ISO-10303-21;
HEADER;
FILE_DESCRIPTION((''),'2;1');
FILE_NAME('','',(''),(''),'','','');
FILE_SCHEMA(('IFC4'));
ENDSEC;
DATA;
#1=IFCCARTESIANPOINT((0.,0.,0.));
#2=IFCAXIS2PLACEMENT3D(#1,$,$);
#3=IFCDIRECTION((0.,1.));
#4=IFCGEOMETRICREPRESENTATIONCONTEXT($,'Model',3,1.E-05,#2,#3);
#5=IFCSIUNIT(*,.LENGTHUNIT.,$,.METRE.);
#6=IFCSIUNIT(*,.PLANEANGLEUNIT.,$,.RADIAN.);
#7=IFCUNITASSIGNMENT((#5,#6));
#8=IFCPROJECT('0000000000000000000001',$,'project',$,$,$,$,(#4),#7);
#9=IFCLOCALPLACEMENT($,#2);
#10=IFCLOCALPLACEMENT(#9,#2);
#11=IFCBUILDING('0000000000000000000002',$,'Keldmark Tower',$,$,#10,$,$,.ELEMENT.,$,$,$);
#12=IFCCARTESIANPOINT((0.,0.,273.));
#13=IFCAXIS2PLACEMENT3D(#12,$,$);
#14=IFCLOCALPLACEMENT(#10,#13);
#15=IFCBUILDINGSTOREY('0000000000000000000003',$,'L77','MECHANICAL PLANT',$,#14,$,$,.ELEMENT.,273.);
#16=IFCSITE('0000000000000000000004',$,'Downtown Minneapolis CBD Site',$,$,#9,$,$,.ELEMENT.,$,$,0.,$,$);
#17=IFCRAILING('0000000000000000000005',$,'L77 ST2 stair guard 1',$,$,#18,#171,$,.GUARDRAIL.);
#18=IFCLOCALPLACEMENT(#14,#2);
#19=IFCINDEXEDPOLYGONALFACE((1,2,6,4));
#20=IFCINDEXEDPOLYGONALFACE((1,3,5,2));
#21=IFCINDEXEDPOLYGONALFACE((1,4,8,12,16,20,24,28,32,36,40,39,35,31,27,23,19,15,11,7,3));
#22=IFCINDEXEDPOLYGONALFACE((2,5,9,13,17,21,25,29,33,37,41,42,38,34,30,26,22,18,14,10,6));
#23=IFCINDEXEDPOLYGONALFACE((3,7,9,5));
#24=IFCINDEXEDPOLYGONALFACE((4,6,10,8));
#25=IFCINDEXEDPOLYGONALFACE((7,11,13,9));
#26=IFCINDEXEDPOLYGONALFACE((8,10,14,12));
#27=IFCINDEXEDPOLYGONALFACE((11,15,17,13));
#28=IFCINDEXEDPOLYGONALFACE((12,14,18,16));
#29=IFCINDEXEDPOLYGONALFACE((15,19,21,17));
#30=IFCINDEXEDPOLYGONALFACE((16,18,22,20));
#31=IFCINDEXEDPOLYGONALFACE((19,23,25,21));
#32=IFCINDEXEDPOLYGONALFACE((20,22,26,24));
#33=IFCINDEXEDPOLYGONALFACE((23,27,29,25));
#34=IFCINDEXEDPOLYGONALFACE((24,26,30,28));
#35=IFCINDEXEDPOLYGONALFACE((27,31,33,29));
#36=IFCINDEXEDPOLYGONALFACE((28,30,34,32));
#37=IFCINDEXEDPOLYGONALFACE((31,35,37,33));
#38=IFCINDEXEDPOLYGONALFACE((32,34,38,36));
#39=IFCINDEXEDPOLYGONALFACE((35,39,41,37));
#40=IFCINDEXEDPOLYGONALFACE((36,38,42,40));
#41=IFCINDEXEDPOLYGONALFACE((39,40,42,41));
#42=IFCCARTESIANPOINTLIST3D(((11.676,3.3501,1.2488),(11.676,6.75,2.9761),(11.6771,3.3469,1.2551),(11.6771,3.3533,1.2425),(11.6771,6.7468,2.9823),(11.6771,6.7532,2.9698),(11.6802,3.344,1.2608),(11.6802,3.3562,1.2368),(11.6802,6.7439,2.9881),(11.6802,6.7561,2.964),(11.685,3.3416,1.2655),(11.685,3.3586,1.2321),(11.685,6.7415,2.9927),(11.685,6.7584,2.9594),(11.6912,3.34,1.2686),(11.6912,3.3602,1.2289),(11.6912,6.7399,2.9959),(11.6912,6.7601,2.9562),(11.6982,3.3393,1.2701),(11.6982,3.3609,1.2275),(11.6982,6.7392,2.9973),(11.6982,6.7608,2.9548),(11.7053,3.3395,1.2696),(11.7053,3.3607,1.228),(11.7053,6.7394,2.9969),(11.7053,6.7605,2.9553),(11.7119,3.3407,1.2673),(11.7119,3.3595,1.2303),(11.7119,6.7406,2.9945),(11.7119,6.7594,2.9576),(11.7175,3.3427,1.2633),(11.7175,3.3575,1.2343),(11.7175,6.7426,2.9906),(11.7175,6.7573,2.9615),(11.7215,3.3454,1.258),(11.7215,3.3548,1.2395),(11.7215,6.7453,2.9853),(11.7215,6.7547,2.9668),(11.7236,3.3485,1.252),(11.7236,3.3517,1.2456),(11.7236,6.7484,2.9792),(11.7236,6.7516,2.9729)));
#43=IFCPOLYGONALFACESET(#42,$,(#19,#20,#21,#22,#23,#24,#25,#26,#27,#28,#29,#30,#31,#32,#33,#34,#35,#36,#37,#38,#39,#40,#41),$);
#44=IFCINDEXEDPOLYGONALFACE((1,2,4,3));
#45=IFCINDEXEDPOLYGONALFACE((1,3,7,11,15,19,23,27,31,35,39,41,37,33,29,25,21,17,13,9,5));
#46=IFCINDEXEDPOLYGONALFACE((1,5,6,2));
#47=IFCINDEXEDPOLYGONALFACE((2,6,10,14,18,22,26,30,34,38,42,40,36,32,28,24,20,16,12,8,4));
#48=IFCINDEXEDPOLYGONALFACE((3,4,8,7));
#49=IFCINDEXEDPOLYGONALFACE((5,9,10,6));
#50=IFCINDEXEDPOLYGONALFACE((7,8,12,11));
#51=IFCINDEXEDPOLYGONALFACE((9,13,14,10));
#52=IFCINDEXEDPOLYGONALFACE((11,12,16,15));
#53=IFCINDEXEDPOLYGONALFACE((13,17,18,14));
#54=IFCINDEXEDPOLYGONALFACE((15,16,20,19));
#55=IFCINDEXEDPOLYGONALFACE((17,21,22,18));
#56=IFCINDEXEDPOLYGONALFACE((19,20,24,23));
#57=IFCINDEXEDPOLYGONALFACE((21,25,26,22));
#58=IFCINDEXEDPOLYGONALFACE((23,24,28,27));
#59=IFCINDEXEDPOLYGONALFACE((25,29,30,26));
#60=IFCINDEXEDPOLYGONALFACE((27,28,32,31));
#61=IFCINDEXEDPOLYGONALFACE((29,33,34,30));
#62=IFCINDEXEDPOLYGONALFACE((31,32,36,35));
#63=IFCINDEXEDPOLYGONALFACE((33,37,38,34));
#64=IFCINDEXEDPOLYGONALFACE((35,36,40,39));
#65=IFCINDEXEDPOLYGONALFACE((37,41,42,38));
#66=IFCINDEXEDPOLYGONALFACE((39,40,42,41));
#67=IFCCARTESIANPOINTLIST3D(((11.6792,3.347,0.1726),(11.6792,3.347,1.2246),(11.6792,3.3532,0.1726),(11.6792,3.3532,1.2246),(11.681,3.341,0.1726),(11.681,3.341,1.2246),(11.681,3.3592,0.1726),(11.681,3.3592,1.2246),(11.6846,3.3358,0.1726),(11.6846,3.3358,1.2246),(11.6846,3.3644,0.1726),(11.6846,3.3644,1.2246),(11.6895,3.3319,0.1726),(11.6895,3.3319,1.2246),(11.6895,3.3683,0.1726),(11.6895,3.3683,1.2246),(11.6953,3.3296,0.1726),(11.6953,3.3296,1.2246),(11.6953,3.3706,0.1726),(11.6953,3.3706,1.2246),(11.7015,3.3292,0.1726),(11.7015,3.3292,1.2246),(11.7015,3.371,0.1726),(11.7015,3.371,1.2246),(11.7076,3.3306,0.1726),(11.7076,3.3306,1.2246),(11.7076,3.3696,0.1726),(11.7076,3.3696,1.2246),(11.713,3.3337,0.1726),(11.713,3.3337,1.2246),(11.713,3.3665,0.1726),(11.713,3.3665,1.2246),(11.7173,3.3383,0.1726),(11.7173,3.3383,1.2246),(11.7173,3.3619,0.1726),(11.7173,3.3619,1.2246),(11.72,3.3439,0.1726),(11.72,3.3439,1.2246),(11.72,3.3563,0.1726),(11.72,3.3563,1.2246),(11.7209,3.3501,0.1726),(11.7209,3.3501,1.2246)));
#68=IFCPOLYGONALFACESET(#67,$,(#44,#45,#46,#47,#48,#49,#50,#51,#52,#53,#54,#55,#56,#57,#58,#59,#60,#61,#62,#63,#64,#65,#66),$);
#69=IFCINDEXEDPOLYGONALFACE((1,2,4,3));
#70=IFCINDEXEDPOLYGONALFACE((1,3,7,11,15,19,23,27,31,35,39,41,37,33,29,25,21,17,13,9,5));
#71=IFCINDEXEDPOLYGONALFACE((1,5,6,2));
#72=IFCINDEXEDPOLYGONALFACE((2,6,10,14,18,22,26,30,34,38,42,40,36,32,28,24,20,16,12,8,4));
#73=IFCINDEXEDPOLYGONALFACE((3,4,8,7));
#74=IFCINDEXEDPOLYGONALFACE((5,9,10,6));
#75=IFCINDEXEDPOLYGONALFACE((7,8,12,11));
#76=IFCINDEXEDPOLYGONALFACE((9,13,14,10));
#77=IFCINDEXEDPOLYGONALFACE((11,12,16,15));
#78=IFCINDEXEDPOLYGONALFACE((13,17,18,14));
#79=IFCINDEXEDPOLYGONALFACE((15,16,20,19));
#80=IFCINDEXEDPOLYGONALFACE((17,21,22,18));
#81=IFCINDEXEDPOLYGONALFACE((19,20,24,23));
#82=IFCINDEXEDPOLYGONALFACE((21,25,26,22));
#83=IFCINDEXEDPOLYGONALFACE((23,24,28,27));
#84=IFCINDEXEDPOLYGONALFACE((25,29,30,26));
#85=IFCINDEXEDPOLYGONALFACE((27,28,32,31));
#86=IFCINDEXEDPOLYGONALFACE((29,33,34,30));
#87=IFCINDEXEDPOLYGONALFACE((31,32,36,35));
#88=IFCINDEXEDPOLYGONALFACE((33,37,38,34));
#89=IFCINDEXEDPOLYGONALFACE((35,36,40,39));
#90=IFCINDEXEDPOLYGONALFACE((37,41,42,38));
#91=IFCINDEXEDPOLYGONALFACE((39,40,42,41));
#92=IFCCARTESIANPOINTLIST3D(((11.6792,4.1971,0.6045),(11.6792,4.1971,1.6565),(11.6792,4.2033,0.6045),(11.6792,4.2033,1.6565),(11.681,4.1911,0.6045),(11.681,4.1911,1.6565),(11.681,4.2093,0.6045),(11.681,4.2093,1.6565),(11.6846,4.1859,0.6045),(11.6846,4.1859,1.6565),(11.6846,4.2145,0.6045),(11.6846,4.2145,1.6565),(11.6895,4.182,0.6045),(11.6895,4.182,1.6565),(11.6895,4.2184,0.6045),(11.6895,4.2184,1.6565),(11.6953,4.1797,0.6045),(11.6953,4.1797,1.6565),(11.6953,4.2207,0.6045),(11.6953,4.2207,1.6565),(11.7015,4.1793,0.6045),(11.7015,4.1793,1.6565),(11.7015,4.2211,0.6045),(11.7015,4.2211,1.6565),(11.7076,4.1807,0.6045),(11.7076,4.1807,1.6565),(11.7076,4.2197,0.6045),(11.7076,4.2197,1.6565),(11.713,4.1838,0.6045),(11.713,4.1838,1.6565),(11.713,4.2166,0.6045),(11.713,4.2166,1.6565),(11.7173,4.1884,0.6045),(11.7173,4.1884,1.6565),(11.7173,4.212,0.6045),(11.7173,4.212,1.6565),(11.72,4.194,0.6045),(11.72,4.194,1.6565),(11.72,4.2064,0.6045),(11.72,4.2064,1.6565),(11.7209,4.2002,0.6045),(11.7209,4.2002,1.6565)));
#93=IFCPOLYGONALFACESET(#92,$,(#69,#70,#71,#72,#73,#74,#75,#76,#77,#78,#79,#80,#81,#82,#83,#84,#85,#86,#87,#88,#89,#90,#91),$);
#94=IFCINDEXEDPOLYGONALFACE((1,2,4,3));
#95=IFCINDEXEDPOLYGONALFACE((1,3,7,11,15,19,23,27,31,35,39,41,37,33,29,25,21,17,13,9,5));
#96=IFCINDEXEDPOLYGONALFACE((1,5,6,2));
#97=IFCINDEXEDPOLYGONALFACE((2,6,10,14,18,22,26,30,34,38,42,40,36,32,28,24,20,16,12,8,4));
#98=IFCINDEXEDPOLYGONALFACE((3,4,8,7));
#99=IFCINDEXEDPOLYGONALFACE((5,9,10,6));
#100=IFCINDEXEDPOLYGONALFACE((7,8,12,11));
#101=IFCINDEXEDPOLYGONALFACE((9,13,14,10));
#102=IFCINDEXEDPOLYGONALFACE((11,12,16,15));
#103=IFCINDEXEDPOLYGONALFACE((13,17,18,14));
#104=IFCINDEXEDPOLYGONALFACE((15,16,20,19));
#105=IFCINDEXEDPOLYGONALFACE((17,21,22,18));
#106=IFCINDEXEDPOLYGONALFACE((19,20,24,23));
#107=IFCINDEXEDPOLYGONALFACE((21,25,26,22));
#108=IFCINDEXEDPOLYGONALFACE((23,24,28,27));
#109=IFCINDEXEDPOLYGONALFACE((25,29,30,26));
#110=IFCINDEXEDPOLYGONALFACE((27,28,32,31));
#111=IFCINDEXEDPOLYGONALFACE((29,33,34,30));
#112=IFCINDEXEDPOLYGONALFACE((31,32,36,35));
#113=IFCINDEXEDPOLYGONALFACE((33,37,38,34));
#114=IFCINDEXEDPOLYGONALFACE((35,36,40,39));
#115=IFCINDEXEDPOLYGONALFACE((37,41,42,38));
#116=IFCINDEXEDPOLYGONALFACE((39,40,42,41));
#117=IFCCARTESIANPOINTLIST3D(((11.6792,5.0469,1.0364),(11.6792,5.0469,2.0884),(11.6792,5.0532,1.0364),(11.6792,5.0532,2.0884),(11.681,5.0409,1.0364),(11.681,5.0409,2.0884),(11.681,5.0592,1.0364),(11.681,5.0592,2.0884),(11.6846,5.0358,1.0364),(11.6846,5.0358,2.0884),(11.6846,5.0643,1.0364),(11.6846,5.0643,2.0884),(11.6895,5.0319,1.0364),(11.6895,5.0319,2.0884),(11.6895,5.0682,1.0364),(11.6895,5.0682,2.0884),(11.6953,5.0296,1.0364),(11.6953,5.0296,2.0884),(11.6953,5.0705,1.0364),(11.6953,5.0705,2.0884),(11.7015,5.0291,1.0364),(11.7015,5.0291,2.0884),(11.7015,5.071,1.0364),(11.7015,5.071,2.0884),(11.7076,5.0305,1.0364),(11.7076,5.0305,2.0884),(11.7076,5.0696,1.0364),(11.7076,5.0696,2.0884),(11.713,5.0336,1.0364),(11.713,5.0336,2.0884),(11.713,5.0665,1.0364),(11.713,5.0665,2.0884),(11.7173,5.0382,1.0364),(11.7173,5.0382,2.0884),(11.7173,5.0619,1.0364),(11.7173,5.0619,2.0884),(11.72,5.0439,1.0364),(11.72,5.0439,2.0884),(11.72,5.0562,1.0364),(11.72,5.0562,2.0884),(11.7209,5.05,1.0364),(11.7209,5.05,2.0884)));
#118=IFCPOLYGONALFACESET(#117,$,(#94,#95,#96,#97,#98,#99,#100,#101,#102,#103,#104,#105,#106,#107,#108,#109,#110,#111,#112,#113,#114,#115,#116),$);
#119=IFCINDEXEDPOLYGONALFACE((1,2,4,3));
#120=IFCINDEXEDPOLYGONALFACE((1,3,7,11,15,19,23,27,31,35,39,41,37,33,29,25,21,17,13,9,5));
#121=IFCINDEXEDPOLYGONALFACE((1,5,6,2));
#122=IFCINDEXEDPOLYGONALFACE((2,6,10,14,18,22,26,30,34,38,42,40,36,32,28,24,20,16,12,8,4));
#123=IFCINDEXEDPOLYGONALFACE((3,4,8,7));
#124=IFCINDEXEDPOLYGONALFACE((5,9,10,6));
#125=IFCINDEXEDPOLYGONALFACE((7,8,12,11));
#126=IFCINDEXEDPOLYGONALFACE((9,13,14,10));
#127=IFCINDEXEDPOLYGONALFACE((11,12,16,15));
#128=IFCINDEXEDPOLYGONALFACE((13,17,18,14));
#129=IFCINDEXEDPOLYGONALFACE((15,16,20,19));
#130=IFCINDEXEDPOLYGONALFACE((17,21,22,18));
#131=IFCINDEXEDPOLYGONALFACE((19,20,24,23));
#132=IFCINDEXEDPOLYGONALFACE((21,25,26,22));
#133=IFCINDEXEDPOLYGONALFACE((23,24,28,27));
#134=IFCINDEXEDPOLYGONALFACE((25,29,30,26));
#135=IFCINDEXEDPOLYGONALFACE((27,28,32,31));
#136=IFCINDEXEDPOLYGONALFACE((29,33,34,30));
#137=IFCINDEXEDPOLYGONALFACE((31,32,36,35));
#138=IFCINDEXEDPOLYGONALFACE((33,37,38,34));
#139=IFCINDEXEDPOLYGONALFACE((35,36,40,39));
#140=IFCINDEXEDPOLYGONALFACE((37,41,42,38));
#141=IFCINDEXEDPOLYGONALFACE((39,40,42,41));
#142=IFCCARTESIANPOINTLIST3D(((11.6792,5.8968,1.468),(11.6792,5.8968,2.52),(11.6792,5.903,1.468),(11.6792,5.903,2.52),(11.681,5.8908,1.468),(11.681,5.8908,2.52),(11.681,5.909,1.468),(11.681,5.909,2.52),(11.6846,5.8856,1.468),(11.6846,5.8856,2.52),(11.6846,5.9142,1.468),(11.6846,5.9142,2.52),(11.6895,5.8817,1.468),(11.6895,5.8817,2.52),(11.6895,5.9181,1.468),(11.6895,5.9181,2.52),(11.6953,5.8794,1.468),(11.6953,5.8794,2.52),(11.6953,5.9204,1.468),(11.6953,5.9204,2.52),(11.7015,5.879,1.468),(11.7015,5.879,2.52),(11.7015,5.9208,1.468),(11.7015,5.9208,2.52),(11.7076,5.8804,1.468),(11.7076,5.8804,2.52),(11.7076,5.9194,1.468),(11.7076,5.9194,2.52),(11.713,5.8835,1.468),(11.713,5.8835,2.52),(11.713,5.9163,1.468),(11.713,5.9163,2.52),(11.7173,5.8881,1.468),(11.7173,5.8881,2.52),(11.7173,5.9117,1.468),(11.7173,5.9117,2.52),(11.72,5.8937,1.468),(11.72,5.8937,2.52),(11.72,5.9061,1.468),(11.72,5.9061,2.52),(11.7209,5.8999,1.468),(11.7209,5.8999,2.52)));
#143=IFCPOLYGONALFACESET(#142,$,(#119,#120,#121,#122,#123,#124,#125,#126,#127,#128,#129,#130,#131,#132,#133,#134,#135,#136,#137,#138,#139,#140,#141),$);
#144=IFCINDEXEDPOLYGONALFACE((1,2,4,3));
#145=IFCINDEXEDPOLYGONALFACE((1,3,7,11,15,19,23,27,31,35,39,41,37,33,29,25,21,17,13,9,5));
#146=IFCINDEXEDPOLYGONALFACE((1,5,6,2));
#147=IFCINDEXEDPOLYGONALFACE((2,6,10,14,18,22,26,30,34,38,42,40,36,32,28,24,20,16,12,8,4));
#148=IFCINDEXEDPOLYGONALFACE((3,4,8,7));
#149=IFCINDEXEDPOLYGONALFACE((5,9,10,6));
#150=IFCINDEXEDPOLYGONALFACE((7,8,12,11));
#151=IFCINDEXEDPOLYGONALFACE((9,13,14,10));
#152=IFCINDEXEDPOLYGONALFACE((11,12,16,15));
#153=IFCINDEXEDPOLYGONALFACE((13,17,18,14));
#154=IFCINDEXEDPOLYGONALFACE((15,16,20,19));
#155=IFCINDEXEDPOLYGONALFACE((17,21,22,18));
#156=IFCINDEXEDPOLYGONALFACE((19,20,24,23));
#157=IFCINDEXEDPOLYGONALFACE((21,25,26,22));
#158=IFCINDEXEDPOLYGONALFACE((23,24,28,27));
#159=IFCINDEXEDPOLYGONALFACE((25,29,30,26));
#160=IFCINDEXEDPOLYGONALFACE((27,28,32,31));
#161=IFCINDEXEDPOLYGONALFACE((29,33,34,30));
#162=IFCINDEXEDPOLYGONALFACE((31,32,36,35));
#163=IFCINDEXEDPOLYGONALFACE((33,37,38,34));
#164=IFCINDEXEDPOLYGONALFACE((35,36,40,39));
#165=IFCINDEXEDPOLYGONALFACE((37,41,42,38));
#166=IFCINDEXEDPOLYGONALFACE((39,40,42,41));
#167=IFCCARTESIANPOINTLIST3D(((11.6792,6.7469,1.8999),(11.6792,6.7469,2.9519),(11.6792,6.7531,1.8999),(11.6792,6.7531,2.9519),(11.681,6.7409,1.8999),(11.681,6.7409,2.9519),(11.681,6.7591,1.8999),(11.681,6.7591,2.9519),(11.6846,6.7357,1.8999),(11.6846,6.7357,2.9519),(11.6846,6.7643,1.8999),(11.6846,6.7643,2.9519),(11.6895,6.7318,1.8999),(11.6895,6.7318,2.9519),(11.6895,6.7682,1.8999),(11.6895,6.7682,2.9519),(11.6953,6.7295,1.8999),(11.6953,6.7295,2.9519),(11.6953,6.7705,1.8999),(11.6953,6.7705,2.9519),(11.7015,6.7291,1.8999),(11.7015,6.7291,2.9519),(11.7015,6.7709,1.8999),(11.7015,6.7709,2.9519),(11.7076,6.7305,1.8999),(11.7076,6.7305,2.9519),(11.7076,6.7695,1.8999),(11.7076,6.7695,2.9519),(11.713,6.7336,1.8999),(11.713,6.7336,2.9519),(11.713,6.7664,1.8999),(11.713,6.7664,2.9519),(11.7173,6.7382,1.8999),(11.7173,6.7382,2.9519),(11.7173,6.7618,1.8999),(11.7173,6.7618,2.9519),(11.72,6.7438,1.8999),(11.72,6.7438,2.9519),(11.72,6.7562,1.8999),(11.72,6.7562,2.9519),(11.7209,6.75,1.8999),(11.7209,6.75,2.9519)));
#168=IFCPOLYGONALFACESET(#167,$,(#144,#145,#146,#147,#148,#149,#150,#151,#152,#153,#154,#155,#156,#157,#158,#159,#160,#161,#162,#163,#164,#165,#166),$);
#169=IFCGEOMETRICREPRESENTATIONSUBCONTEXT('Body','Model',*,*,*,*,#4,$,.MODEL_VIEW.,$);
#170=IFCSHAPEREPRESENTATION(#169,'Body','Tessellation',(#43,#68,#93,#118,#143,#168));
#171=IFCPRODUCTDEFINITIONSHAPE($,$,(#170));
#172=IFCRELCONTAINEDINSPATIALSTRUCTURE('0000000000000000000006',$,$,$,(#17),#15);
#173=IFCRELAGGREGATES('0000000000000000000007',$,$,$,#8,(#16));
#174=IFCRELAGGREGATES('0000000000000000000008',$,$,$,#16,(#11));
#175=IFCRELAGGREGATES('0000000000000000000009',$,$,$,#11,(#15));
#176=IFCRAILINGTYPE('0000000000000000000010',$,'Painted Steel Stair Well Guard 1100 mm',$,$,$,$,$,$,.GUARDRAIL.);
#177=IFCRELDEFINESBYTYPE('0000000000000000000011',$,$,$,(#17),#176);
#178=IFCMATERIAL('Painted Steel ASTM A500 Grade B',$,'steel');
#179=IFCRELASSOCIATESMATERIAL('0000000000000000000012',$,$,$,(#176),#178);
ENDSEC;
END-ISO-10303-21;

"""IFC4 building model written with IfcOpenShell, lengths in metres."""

from ifc_helpers import new_model, si_unit, direction, frame, origin, origin_2d, place, context, subcontext, project, spatial, circle, extrude, material, type_object, element, save


model = new_model("IFC4")

# Units and contexts
model_context = context("Model", 3, precision=1e-05, world=origin(), true_north=direction((0.0, 1.0)))
body_context = subcontext(model_context, "Body", "Model", "MODEL_VIEW")
ifc_project = project(units=[si_unit("LENGTHUNIT", "METRE"), si_unit("PLANEANGLEUNIT", "RADIAN")], contexts=[model_context])

# Site, building, storey
site_placement = place(None, origin())
site = spatial("IfcSite", under=ifc_project, at=site_placement, Name="Downtown Minneapolis CBD Site", CompositionType="ELEMENT", RefElevation=0.0)
building_placement = place(site_placement, origin())
building = spatial("IfcBuilding", under=site, at=building_placement, Name="Keldmark Tower", CompositionType="ELEMENT")
storey_placement = place(building_placement, frame((0.0, 0.0, 273.0)))
storey = spatial("IfcBuildingStorey", under=building, at=storey_placement, Name="L77", Description="MECHANICAL PLANT", CompositionType="ELEMENT", Elevation=273.0)

# Railing
ifc_material_1 = material(Name="Painted Steel ASTM A500 Grade B", Category="steel")
railing_type_1 = type_object("IfcRailingType", Name="Painted Steel Stair Well Guard 1100 mm", PredefinedType="GUARDRAIL", material=ifc_material_1)
railing_1_placement = place(storey_placement, frame((11.7, 3.3501, 0.1726)))
element("IfcRailing", 1, at=railing_1_placement, inside=storey, type_object=railing_type_1, Name="L77 ST2 stair guard 1", PredefinedType="GUARDRAIL", context=body_context, shape_type="SweptSolid", body=[
    extrude(circle(Radius=0.0239, at=origin_2d()), frame((0.0, 0.0, 1.0762), z_axis=(0.0, 0.891541, 0.452941), x_axis=(-1.0, 0.0, 0.0)), (0.0, 0.0, 1.0), 3.8135),
    extrude(circle(Radius=0.021, at=origin_2d()), origin(), (0.0, 0.0, 1.0), 1.052),
    extrude(circle(Radius=0.021, at=origin_2d()), frame((0.0, 0.8501, 0.4319)), (0.0, 0.0, 1.0), 1.052),
    extrude(circle(Radius=0.021, at=origin_2d()), frame((0.0, 1.7, 0.8638)), (0.0, 0.0, 1.0), 1.052),
    extrude(circle(Radius=0.021, at=origin_2d()), frame((0.0, 2.5498, 1.2954)), (0.0, 0.0, 1.0), 1.052),
    extrude(circle(Radius=0.021, at=origin_2d()), frame((0.0, 3.3999, 1.7273)), (0.0, 0.0, 1.0), 1.052),
])

save(model, "model.ifc")
